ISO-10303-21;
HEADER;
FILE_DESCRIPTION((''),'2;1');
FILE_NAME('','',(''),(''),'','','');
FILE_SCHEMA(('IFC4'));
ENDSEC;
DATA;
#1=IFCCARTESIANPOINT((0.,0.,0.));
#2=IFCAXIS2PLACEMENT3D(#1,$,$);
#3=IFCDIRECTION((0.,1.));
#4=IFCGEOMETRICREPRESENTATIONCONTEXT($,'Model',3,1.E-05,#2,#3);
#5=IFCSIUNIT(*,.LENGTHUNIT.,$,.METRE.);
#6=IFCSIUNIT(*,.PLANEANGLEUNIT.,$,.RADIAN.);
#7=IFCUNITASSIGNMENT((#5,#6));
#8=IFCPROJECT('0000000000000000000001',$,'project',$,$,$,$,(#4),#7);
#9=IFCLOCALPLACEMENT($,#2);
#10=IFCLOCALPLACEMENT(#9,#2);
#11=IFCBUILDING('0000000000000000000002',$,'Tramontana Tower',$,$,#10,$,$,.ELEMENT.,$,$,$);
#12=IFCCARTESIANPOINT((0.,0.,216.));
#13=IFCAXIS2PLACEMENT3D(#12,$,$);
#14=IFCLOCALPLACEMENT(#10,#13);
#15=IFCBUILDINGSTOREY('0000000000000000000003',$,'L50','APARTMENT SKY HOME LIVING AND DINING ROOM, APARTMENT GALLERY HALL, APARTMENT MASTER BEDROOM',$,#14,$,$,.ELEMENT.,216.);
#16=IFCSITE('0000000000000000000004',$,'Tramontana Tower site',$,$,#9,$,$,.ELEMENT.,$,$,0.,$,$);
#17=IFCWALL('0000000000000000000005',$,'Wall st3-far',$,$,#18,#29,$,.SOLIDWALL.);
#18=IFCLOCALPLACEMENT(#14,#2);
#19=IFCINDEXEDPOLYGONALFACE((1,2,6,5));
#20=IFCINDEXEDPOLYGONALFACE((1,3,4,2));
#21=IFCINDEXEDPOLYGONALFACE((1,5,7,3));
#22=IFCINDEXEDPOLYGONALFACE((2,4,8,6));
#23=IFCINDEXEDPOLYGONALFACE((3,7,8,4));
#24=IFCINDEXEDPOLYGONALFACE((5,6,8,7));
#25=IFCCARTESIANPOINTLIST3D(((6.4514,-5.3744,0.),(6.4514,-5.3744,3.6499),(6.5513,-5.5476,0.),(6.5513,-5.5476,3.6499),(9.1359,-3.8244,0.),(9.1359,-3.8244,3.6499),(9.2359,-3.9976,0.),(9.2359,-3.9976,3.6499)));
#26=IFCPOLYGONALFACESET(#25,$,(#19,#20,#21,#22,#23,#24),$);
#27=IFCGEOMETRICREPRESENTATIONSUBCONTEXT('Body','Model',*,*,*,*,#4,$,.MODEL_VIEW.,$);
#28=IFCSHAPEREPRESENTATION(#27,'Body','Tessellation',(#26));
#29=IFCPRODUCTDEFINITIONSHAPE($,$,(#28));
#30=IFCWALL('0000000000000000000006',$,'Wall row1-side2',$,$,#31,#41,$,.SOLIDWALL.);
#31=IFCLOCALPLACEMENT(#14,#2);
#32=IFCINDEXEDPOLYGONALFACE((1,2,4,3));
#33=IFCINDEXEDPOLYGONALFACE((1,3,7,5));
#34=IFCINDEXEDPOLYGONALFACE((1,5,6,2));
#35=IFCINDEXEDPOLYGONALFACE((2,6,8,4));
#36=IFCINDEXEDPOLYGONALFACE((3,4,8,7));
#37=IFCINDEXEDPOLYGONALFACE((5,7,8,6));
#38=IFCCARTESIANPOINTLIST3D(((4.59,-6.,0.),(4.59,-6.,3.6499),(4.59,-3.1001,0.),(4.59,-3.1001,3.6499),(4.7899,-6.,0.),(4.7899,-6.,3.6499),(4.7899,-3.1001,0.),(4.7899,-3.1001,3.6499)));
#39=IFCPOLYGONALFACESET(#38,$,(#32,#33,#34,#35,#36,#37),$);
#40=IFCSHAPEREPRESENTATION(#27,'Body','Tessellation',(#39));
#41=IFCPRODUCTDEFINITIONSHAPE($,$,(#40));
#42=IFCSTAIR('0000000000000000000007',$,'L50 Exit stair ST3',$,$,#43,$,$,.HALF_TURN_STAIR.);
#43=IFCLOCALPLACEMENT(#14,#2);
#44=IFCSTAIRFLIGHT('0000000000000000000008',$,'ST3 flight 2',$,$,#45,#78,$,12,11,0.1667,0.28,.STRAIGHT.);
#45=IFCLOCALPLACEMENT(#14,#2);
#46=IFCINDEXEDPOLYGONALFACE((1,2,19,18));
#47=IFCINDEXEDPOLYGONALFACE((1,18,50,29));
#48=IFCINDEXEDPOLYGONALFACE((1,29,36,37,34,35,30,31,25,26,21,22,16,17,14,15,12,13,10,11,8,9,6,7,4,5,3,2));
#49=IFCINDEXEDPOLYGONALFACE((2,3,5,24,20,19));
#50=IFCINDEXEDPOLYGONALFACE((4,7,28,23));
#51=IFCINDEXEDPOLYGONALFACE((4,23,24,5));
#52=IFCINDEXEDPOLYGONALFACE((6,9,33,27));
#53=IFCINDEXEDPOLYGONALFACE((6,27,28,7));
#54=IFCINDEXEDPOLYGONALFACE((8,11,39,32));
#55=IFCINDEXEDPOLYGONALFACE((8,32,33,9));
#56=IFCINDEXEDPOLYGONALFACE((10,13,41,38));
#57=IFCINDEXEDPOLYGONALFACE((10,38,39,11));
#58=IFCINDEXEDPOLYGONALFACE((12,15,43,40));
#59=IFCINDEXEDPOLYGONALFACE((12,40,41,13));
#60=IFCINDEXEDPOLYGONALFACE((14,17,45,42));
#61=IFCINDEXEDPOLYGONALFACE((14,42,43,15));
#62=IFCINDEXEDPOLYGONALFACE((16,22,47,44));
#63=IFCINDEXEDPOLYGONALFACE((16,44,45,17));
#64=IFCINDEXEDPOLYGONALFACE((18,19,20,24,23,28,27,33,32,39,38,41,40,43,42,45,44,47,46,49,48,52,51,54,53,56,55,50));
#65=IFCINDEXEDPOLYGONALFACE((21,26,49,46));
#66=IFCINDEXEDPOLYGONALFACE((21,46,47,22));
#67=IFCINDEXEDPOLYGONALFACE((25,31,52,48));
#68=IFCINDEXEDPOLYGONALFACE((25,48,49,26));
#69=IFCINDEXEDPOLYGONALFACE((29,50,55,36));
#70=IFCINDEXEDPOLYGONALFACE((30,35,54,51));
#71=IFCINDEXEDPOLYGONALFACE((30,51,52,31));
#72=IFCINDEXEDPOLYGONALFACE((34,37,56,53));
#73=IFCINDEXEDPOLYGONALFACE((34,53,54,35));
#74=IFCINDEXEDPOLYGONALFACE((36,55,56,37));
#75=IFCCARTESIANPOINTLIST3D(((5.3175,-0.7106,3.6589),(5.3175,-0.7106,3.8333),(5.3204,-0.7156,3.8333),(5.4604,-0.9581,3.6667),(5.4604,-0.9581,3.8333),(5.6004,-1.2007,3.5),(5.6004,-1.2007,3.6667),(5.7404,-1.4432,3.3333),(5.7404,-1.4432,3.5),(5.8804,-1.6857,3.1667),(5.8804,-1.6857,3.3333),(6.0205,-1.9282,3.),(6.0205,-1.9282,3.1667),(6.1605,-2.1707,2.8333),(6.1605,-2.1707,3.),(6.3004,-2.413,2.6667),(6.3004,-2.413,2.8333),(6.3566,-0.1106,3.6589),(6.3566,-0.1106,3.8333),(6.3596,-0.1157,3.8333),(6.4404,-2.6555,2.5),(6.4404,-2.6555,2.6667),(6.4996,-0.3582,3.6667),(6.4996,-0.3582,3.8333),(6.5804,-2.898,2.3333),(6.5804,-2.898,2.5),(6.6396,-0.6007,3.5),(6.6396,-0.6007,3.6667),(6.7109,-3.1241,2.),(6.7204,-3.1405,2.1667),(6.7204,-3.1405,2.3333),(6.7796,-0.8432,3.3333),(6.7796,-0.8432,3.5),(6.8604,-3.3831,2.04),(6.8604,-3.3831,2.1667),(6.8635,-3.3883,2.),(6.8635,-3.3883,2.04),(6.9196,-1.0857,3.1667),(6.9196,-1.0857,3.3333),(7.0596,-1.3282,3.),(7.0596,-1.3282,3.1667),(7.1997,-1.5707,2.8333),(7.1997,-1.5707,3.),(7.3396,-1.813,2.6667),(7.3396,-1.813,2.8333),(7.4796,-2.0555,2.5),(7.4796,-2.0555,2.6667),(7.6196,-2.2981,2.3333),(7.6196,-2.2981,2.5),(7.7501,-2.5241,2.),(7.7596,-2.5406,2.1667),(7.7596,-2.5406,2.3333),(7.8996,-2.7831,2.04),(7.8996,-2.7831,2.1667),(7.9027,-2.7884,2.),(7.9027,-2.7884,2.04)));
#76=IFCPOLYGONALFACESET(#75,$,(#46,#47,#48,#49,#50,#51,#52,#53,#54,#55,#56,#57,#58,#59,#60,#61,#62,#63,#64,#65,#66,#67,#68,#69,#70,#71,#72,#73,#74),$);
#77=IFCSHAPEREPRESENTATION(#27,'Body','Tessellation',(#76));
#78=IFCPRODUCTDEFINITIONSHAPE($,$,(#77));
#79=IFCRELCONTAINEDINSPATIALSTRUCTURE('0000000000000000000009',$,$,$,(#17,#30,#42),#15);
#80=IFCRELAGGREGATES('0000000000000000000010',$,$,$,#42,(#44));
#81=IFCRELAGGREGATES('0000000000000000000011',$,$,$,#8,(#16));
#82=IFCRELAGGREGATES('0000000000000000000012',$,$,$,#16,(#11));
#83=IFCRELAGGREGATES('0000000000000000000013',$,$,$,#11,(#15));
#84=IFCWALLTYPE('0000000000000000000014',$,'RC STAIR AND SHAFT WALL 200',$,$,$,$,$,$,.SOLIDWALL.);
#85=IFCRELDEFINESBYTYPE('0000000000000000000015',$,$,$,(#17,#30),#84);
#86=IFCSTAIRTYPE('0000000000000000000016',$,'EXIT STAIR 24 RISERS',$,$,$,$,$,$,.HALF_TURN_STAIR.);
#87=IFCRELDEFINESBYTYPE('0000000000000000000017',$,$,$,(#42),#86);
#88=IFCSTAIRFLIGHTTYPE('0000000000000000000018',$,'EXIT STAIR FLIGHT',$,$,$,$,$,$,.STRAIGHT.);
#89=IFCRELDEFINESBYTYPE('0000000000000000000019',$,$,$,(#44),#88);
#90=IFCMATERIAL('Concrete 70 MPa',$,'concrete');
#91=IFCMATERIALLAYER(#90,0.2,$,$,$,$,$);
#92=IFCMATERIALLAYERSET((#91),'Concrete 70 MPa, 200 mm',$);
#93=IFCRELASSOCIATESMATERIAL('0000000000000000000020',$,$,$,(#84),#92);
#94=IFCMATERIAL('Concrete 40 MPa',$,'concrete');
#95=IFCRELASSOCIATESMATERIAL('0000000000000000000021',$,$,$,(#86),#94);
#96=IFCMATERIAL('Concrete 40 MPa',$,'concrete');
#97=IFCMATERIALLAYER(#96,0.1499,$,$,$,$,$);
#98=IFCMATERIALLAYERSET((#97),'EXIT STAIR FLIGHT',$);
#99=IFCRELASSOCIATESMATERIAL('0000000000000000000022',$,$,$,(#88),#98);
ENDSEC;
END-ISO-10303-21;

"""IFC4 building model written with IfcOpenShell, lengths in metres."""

from ifc_helpers import new_model, si_unit, direction, frame, frame_2d, origin, place, context, subcontext, project, spatial, polyline, rectangle, outline, extrude, material, layer, layer_set, type_object, element, aggregate, save


model = new_model("IFC4")

# Units and contexts
model_context = context("Model", 3, precision=1e-05, world=origin(), true_north=direction((0.0, 1.0)))
body_context = subcontext(model_context, "Body", "Model", "MODEL_VIEW")
ifc_project = project(units=[si_unit("LENGTHUNIT", "METRE"), si_unit("PLANEANGLEUNIT", "RADIAN")], contexts=[model_context])

# Site, building, storey
site_placement = place(None, origin())
site = spatial("IfcSite", under=ifc_project, at=site_placement, Name="Tramontana Tower site", CompositionType="ELEMENT", RefElevation=0.0)
building_placement = place(site_placement, origin())
building = spatial("IfcBuilding", under=site, at=building_placement, Name="Tramontana Tower", CompositionType="ELEMENT")
storey_placement = place(building_placement, frame((0.0, 0.0, 216.0)))
storey = spatial("IfcBuildingStorey", under=building, at=storey_placement, Name="L50", Description="APARTMENT SKY HOME LIVING AND DINING ROOM, APARTMENT GALLERY HALL, APARTMENT MASTER BEDROOM", CompositionType="ELEMENT", Elevation=216.0)

# Wall
ifc_material_1 = material(Name="Concrete 70 MPa", Category="concrete")
ifc_layer_1 = layer(ifc_material_1, 0.2)
ifc_layer_set_1 = layer_set([ifc_layer_1], Name="Concrete 70 MPa, 200 mm")
wall_type_1 = type_object("IfcWallType", Name="RC STAIR AND SHAFT WALL 200", PredefinedType="SOLIDWALL", material=ifc_layer_set_1)
wall_1_placement = place(storey_placement, frame((6.5015, -5.4609, 0.0), z_axis=(0.0, 0.0, 1.0), x_axis=(0.86601, 0.500027, 0.0)))
element("IfcWall", 1, at=wall_1_placement, inside=storey, type_object=wall_type_1, Name="Wall st3-far", PredefinedType="SOLIDWALL", context=body_context, shape_type="SweptSolid", body=[
    extrude(rectangle(XDim=3.0999, YDim=0.2, at=frame_2d((1.5498, 0.0))), origin(), (0.0, 0.0, 1.0), 3.6499),
])

# Wall
wall_2_placement = place(storey_placement, frame((4.6899, -3.1001, 0.0), z_axis=(0.0, 0.0, 1.0), x_axis=(0.0, -1.0, 0.0)))
element("IfcWall", 2, at=wall_2_placement, inside=storey, type_object=wall_type_1, Name="Wall row1-side2", PredefinedType="SOLIDWALL", context=body_context, shape_type="SweptSolid", body=[
    extrude(rectangle(XDim=2.8999, YDim=0.2, at=frame_2d((1.45, 0.0))), origin(), (0.0, 0.0, 1.0), 3.6499),
])

# Stair, stair flight
ifc_material_2 = material(Name="Concrete 40 MPa", Category="concrete")
stair_type = type_object("IfcStairType", Name="EXIT STAIR 24 RISERS", PredefinedType="HALF_TURN_STAIR", material=ifc_material_2)
stair_placement = place(storey_placement, origin())
stair = element("IfcStair", 3, at=stair_placement, inside=storey, type_object=stair_type, Name="L50 Exit stair ST3", PredefinedType="HALF_TURN_STAIR")
ifc_material_3 = material(Name="Concrete 40 MPa", Category="concrete")
ifc_layer_2 = layer(ifc_material_3, 0.1499)
ifc_layer_set_2 = layer_set([ifc_layer_2], Name="EXIT STAIR FLIGHT")
stair_flight_type = type_object("IfcStairFlightType", Name="EXIT STAIR FLIGHT", PredefinedType="STRAIGHT", material=ifc_layer_set_2)
stair_flight_placement = place(storey_placement, frame((7.3801, -3.083, 2.0), z_axis=(0.0, 0.0, 1.0), x_axis=(-0.5, 0.866025, 0.0)))
stair_flight = element("IfcStairFlight", 4, at=stair_flight_placement, type_object=stair_flight_type, Name="ST3 flight 2", NumberOfRisers=12, NumberOfTreads=11, PredefinedType="STRAIGHT", RiserHeight=0.1667, TreadLength=0.28, context=body_context, shape_type="SweptSolid", body=[
    extrude(outline(polyline([(-0.0061, 0.0), (-0.0061, 0.04), (0.0, 0.04), (0.0, 0.1667), (0.28, 0.1667), (0.28, 0.3333), (0.5601, 0.3333), (0.5601, 0.5), (0.8401, 0.5), (0.8401, 0.6667), (1.1201, 0.6667), (1.1201, 0.8333), (1.3999, 0.8333), (1.3999, 1.0), (1.6799, 1.0), (1.6799, 1.1667), (1.96, 1.1667), (1.96, 1.3333), (2.24, 1.3333), (2.24, 1.5), (2.52, 1.5), (2.52, 1.6667), (2.8, 1.6667), (2.8, 1.8333), (3.0801, 1.8333), (3.0859, 1.8333), (3.0859, 1.6589), (0.2991, 0.0), (-0.0061, 0.0)])), frame((0.0, 0.6001, 0.0), z_axis=(0.0, -1.0, 0.0), x_axis=(1.0, 0.0, 0.0)), (0.0, 0.0, 1.0), 1.2),
])
aggregate(stair, [stair_flight])

save(model, "model.ifc")
